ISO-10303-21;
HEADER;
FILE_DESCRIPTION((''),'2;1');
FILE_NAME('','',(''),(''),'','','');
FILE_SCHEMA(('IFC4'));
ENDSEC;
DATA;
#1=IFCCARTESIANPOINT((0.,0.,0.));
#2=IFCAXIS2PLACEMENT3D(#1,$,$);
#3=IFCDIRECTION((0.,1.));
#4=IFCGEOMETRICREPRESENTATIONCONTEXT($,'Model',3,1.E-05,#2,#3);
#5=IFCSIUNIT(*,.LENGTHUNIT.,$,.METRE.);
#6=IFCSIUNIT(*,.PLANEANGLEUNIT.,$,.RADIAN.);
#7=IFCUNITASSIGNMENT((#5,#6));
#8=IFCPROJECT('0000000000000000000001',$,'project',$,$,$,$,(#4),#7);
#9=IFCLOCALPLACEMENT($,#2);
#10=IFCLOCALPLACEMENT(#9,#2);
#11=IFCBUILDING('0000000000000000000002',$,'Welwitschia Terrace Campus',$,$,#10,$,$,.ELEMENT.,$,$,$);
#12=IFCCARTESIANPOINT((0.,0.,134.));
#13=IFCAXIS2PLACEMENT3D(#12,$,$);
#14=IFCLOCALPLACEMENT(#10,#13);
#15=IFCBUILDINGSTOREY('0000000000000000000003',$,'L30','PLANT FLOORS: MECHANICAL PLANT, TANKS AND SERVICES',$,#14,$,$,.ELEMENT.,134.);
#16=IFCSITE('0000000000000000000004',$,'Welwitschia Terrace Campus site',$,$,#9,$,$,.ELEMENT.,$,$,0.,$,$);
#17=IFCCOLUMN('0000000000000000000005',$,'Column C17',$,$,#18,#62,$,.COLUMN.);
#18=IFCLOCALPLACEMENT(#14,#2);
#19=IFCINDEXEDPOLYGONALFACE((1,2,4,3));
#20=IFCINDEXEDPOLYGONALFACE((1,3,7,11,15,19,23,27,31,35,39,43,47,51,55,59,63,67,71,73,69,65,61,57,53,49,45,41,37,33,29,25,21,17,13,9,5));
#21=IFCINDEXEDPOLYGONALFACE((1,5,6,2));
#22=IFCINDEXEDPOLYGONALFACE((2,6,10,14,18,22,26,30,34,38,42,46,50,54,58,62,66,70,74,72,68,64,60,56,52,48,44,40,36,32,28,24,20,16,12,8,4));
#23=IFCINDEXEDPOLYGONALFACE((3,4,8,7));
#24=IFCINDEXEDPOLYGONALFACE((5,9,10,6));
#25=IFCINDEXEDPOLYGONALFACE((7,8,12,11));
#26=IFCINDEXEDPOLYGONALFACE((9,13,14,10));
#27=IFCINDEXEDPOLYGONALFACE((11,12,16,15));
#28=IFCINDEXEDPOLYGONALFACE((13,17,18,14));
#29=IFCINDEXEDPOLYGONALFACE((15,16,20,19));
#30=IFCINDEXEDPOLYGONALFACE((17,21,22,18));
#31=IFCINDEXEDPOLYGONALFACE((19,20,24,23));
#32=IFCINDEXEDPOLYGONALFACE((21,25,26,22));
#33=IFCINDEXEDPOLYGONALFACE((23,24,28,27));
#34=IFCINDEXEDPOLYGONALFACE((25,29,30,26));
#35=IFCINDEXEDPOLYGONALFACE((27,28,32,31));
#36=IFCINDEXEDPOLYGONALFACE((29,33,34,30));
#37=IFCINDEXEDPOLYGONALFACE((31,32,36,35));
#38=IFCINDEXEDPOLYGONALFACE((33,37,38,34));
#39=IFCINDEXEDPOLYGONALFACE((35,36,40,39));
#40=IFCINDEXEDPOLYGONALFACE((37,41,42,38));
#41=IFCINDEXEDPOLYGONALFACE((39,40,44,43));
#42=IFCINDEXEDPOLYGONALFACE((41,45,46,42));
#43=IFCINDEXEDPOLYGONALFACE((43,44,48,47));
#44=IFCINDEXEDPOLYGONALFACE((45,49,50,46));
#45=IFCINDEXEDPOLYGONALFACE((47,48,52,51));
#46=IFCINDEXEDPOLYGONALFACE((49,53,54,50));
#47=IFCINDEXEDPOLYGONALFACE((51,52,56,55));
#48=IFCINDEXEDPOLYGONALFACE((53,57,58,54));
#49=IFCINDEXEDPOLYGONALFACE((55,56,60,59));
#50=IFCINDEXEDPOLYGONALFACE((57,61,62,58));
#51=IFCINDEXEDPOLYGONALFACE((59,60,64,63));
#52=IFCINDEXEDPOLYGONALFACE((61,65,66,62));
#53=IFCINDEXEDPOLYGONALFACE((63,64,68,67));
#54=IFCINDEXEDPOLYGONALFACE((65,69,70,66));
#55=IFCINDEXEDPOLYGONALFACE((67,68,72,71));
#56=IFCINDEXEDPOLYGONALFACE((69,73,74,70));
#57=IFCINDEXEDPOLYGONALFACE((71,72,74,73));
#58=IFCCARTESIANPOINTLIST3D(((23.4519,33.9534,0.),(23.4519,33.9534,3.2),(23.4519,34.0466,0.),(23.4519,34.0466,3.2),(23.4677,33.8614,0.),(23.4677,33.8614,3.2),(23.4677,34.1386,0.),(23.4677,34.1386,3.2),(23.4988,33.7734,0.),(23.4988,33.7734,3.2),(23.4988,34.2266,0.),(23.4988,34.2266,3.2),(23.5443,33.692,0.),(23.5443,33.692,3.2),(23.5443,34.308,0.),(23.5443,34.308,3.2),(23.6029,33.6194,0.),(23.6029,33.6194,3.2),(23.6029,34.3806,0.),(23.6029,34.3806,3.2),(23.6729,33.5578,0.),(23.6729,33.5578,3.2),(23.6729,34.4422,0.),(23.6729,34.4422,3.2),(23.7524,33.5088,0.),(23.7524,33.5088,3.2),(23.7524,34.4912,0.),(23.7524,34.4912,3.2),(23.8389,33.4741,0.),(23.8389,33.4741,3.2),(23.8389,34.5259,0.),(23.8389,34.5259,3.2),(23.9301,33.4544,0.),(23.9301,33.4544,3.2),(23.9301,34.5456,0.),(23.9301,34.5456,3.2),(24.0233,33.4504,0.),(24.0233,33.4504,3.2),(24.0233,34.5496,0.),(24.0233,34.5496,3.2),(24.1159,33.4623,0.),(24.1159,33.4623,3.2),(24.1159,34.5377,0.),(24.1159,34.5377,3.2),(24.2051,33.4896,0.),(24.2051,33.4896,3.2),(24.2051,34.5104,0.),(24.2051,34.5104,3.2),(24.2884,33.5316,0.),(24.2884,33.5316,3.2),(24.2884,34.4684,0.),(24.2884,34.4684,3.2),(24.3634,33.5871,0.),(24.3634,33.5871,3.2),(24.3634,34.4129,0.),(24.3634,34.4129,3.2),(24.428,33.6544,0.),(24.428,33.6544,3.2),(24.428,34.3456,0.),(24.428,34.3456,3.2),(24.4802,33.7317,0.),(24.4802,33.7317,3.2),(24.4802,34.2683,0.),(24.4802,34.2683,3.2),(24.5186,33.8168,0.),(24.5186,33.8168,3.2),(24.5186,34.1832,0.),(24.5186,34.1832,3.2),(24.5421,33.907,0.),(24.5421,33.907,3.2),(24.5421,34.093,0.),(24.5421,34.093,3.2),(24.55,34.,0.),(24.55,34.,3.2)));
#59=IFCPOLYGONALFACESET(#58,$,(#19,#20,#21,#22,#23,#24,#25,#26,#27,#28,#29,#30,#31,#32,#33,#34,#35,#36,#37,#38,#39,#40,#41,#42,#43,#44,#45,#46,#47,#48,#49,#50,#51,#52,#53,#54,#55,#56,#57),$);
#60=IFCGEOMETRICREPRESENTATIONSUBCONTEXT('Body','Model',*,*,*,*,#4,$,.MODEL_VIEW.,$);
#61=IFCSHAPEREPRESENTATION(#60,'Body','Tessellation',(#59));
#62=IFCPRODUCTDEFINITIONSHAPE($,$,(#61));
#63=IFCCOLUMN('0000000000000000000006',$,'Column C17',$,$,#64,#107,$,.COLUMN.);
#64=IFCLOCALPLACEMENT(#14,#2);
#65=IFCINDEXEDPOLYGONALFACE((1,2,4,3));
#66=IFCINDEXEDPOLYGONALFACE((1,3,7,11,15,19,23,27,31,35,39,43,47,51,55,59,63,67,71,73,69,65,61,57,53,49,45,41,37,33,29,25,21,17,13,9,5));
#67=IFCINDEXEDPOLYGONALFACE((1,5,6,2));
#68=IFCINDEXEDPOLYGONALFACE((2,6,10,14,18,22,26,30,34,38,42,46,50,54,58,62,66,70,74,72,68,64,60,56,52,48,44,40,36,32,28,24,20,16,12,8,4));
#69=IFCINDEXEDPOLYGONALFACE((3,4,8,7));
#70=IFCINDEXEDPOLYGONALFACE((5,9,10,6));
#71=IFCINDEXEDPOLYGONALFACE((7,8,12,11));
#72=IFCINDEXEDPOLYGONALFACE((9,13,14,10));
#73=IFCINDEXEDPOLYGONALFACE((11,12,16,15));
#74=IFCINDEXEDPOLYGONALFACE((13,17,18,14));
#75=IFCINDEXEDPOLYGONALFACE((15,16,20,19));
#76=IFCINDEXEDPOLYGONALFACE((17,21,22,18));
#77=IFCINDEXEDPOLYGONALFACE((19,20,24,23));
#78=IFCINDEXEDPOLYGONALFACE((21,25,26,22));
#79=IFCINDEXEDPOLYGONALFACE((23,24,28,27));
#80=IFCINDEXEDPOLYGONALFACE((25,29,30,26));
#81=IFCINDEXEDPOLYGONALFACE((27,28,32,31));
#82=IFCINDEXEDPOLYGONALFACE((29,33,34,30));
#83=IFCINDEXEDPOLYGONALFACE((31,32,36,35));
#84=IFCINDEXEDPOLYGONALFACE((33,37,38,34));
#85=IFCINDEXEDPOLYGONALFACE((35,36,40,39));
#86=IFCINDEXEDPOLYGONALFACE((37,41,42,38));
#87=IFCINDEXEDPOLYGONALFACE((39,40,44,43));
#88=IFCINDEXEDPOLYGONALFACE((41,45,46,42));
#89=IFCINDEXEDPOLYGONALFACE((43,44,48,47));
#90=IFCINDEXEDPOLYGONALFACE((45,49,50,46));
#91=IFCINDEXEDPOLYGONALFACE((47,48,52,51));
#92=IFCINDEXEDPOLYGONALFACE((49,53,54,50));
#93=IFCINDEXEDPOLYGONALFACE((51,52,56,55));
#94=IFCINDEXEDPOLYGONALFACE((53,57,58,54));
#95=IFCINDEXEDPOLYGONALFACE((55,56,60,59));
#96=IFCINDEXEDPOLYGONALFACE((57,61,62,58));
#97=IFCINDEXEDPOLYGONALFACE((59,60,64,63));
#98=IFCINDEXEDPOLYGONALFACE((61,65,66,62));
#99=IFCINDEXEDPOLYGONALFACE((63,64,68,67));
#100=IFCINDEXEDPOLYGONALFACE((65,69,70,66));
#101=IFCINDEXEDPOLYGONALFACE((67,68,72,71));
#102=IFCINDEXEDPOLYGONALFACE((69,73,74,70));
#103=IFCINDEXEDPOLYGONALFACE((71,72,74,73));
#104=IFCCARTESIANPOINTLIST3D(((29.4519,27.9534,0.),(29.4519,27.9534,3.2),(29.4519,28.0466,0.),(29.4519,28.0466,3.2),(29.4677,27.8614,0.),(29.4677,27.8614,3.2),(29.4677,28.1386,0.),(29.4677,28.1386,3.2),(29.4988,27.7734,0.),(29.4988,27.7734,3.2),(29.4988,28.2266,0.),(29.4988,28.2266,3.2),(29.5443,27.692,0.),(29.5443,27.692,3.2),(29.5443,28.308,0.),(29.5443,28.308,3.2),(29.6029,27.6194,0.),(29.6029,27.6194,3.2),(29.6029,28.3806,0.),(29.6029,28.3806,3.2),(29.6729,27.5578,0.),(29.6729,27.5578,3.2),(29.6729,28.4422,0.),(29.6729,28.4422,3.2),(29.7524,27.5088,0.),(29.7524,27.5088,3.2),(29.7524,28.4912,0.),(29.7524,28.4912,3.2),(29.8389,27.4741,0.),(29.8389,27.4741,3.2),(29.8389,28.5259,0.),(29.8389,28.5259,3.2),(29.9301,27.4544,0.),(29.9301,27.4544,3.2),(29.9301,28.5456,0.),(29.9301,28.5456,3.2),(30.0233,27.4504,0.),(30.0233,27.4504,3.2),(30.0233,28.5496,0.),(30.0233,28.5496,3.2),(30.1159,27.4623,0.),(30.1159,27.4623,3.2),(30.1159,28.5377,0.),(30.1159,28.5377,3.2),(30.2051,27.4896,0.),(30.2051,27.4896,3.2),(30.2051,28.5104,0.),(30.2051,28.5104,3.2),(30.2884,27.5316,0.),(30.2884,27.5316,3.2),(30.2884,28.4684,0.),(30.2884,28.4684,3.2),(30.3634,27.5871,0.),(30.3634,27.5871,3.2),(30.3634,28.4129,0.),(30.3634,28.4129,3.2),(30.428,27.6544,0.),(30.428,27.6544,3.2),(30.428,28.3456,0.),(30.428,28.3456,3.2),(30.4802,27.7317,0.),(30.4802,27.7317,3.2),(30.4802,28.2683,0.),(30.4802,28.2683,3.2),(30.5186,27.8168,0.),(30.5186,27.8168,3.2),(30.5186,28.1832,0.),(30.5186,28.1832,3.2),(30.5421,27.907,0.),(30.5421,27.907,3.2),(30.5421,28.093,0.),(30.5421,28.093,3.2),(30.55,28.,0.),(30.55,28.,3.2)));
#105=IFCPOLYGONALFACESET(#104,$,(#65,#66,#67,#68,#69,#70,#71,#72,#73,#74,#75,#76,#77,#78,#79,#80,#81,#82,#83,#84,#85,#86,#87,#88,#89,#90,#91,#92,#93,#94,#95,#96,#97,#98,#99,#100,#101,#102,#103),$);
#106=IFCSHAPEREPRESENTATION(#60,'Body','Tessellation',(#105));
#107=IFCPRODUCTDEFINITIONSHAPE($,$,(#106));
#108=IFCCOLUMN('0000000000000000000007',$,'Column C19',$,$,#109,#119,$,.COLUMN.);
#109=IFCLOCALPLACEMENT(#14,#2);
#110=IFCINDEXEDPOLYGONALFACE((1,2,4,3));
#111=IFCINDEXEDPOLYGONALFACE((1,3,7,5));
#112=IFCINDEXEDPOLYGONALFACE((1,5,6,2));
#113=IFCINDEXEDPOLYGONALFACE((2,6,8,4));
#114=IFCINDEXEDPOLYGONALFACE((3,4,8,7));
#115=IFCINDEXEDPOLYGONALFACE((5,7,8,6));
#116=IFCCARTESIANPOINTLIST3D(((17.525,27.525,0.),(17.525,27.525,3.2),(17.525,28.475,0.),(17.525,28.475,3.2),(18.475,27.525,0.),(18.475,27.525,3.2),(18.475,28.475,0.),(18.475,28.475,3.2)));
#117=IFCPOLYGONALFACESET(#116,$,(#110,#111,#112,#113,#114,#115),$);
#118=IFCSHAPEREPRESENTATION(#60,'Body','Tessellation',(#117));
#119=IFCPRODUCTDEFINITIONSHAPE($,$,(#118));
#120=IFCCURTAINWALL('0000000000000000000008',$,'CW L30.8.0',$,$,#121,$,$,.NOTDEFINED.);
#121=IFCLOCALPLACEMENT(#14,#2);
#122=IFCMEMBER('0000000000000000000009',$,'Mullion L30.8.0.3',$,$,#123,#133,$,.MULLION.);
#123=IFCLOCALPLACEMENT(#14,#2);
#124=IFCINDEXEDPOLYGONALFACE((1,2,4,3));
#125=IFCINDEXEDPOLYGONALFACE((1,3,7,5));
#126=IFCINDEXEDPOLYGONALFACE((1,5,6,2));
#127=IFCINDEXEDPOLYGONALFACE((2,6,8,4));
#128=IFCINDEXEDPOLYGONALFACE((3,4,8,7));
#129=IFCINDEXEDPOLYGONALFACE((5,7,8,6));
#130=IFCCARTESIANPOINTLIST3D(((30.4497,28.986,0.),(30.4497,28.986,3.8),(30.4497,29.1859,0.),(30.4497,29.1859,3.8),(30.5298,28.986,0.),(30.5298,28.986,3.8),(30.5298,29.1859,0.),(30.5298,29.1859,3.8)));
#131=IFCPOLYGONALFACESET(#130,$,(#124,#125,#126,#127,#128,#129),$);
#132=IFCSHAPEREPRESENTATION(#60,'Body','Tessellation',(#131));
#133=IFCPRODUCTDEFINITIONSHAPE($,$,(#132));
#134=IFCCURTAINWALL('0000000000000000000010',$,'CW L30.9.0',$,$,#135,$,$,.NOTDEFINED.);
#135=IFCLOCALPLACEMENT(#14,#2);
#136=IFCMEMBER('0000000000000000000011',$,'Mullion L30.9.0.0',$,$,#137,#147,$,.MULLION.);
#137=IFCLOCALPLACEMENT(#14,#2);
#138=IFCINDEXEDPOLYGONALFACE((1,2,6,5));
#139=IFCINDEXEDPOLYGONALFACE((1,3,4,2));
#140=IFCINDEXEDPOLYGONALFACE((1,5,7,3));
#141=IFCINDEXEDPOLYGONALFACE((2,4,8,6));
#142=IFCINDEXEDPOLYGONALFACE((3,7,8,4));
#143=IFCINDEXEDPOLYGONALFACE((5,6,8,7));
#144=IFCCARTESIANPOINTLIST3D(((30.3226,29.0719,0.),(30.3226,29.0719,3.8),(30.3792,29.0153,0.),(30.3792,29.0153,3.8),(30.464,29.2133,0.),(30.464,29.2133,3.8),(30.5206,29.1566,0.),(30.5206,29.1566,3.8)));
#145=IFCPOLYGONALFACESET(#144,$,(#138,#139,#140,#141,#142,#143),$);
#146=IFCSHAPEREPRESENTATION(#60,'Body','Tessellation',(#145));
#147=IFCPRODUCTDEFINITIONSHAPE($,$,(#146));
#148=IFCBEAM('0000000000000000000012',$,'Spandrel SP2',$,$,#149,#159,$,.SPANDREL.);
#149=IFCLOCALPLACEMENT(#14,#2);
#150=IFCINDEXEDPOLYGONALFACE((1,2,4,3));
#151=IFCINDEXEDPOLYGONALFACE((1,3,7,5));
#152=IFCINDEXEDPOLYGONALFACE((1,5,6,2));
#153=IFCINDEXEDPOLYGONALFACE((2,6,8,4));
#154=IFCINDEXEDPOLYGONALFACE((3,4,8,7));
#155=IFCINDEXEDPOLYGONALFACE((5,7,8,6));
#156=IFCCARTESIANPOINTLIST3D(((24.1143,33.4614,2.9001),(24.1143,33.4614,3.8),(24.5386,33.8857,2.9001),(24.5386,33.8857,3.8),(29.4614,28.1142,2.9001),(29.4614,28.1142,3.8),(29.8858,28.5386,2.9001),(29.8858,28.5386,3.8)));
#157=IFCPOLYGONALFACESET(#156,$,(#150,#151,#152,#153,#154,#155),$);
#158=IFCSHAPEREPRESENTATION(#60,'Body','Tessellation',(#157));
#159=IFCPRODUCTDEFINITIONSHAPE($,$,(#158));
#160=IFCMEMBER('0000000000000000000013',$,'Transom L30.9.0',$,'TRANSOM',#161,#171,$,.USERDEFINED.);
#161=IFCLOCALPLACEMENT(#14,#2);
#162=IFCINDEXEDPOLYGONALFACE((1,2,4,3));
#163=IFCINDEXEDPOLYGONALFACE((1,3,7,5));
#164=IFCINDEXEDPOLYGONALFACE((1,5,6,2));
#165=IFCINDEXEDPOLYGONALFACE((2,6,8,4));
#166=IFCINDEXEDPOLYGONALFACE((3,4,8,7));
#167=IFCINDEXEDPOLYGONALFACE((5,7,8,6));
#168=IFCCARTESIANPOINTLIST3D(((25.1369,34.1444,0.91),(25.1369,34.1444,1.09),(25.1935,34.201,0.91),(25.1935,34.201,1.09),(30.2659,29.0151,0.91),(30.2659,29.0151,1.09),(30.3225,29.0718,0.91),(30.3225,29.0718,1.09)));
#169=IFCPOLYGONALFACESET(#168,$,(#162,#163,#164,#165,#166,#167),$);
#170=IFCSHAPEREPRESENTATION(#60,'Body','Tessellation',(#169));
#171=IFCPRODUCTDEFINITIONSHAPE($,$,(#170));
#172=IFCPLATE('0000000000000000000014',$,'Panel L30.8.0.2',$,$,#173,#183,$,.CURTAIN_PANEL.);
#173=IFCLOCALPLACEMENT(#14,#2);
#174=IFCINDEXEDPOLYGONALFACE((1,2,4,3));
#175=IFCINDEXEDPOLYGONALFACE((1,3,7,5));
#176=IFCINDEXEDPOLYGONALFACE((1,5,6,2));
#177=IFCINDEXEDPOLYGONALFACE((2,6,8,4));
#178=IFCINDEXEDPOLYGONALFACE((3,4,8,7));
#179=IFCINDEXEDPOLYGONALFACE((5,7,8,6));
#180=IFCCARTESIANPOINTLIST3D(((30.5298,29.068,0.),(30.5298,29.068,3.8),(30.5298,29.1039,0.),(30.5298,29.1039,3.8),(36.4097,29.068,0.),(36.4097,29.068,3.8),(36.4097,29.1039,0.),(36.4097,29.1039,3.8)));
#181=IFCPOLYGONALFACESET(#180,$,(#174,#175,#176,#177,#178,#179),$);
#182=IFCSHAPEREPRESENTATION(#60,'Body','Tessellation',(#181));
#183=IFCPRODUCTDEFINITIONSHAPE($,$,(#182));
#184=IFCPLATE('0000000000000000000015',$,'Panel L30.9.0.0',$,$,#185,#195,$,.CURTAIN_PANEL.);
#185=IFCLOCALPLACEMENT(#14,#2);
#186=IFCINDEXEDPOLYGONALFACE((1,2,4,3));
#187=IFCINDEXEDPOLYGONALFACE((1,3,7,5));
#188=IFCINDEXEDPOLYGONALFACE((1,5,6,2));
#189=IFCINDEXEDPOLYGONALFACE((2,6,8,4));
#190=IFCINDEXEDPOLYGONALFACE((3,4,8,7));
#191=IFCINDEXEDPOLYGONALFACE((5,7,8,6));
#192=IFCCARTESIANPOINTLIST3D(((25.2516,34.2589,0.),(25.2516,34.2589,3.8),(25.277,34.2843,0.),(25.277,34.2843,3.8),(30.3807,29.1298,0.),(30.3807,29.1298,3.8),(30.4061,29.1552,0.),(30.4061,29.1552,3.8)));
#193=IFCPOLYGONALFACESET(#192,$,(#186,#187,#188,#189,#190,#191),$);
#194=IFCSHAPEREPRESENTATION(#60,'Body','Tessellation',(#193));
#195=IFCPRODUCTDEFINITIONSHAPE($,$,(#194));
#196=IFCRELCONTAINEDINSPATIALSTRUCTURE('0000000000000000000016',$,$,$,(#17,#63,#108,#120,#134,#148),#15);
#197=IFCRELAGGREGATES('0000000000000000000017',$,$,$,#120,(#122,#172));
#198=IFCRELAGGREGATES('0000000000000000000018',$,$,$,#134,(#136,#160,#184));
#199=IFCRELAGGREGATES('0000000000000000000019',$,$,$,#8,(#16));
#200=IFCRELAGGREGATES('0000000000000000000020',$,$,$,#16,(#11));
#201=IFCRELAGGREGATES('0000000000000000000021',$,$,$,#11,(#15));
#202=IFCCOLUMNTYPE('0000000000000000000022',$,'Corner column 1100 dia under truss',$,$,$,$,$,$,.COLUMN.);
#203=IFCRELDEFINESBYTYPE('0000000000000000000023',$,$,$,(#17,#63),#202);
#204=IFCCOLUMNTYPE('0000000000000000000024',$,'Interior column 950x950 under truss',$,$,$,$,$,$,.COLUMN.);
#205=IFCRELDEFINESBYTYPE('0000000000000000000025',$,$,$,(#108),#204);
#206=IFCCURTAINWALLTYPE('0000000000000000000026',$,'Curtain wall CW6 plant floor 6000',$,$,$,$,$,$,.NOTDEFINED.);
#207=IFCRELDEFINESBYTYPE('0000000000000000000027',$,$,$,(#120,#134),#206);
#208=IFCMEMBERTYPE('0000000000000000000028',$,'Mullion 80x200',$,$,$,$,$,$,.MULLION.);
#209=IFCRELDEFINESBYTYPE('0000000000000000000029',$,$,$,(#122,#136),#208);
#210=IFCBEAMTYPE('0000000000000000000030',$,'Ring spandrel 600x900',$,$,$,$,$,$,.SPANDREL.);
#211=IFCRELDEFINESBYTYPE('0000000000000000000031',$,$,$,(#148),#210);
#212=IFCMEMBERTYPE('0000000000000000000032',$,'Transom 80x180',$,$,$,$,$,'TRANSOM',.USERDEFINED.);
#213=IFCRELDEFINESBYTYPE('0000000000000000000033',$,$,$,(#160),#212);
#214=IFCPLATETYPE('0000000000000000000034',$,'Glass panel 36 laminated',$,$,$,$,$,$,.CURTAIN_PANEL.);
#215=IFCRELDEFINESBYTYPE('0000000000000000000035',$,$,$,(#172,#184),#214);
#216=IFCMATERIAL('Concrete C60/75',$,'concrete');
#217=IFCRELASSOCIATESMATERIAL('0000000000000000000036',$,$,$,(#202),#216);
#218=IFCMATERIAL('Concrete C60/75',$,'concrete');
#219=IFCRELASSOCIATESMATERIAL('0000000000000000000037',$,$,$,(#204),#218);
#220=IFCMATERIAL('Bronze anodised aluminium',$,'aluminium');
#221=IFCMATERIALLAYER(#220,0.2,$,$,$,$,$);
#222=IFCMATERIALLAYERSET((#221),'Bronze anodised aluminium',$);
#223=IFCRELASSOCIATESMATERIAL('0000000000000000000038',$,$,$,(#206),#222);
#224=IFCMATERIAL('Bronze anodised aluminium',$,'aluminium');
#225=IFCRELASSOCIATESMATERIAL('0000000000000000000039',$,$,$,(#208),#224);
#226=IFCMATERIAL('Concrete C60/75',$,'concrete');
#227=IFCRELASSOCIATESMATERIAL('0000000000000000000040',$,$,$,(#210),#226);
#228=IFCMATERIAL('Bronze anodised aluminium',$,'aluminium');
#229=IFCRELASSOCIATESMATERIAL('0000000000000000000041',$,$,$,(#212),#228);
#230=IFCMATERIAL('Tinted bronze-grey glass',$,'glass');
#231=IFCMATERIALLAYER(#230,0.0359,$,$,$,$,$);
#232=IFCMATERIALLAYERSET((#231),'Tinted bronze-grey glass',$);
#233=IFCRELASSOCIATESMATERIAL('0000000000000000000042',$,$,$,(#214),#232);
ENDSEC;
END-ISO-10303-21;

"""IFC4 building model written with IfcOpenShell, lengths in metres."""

from ifc_helpers import new_model, si_unit, direction, frame, origin, origin_2d, place, context, subcontext, project, spatial, rectangle, circle, extrude, material, layer, layer_set, material_profile, profile_set, type_object, element, aggregate, save


model = new_model("IFC4")

# Units and contexts
model_context = context("Model", 3, precision=1e-05, world=origin(), true_north=direction((0.0, 1.0)))
body_context = subcontext(model_context, "Body", "Model", "MODEL_VIEW")
ifc_project = project(units=[si_unit("LENGTHUNIT", "METRE"), si_unit("PLANEANGLEUNIT", "RADIAN")], contexts=[model_context])

# Site, building, storey
site_placement = place(None, origin())
site = spatial("IfcSite", under=ifc_project, at=site_placement, Name="Welwitschia Terrace Campus site", CompositionType="ELEMENT", RefElevation=0.0)
building_placement = place(site_placement, origin())
building = spatial("IfcBuilding", under=site, at=building_placement, Name="Welwitschia Terrace Campus", CompositionType="ELEMENT")
storey_placement = place(building_placement, frame((0.0, 0.0, 134.0)))
storey = spatial("IfcBuildingStorey", under=building, at=storey_placement, Name="L30", Description="PLANT FLOORS: MECHANICAL PLANT, TANKS AND SERVICES", CompositionType="ELEMENT", Elevation=134.0)

# Columns
ifc_material_1 = material(Name="Concrete C60/75", Category="concrete")
ifc_material_profile_1 = material_profile(ifc_material_1, circle(Radius=0.55, at=origin_2d()))
ifc_profile_set_1 = profile_set([ifc_material_profile_1], Name="Concrete C60/75")
column_type_1 = type_object("IfcColumnType", Name="Corner column 1100 dia under truss", PredefinedType="COLUMN", material=ifc_profile_set_1)
for number, where, z_axis, x_axis, name in (
    (1, (24.0, 34.0, 0.0), (0.0, 0.0, 1.0), (1.0, 0.0, 0.0), "Column C17"),
    (2, (30.0, 28.0, 0.0), (0.0, 0.0, 1.0), (1.0, 0.0, 0.0), "Column C17"),
):
    element("IfcColumn", number, at=place(storey_placement, frame(where, z_axis=z_axis, x_axis=x_axis)), inside=storey, type_object=column_type_1, Name=name, PredefinedType="COLUMN", context=body_context, shape_type="SweptSolid", body=[
        extrude(circle(Radius=0.55, at=origin_2d()), origin(), (0.0, 0.0, 1.0), 3.2),
    ])
ifc_material_2 = material(Name="Concrete C60/75", Category="concrete")
ifc_material_profile_2 = material_profile(ifc_material_2, rectangle(XDim=0.95, YDim=0.95, at=origin_2d()))
ifc_profile_set_2 = profile_set([ifc_material_profile_2], Name="Concrete C60/75")
column_type_2 = type_object("IfcColumnType", Name="Interior column 950x950 under truss", PredefinedType="COLUMN", material=ifc_profile_set_2)
column_placement = place(storey_placement, frame((18.0, 28.0, 0.0), z_axis=(0.0, 0.0, 1.0), x_axis=(1.0, 0.0, 0.0)))
element("IfcColumn", 3, at=column_placement, inside=storey, type_object=column_type_2, Name="Column C19", PredefinedType="COLUMN", context=body_context, shape_type="SweptSolid", body=[
    extrude(rectangle(XDim=0.95, YDim=0.95, at=origin_2d()), origin(), (0.0, 0.0, 1.0), 3.2),
])

# Curtain walls, members
ifc_material_3 = material(Name="Bronze anodised aluminium", Category="aluminium")
ifc_layer_1 = layer(ifc_material_3, 0.2)
ifc_layer_set_1 = layer_set([ifc_layer_1], Name="Bronze anodised aluminium")
curtain_wall_type = type_object("IfcCurtainWallType", Name="Curtain wall CW6 plant floor 6000", PredefinedType="NOTDEFINED", material=ifc_layer_set_1)
curtain_wall_1_placement = place(storey_placement, origin())
curtain_wall_1 = element("IfcCurtainWall", 4, at=curtain_wall_1_placement, inside=storey, type_object=curtain_wall_type, Name="CW L30.8.0", PredefinedType="NOTDEFINED")
ifc_material_4 = material(Name="Bronze anodised aluminium", Category="aluminium")
ifc_material_profile_3 = material_profile(ifc_material_4, rectangle(XDim=0.2, YDim=0.0801, at=origin_2d()))
ifc_profile_set_3 = profile_set([ifc_material_profile_3], Name="Bronze anodised aluminium")
member_type_1 = type_object("IfcMemberType", Name="Mullion 80x200", PredefinedType="MULLION", material=ifc_profile_set_3)
member_1_placement = place(storey_placement, frame((30.4897, 29.0859, 0.0), z_axis=(0.0, 0.0, 1.0), x_axis=(0.0, -1.0, 0.0)))
member_1 = element("IfcMember", 5, at=member_1_placement, type_object=member_type_1, Name="Mullion L30.8.0.3", PredefinedType="MULLION", context=body_context, shape_type="SweptSolid", body=[
    extrude(rectangle(XDim=0.2, YDim=0.0801, at=origin_2d()), origin(), (0.0, 0.0, 1.0), 3.8),
])
curtain_wall_2_placement = place(storey_placement, origin())
curtain_wall_2 = element("IfcCurtainWall", 6, at=curtain_wall_2_placement, inside=storey, type_object=curtain_wall_type, Name="CW L30.9.0", PredefinedType="NOTDEFINED")
member_2_placement = place(storey_placement, frame((30.4216, 29.1143, 0.0), z_axis=(0.0, 0.0, 1.0), x_axis=(-0.707107, -0.707107, 0.0)))
member_2 = element("IfcMember", 7, at=member_2_placement, type_object=member_type_1, Name="Mullion L30.9.0.0", PredefinedType="MULLION", context=body_context, shape_type="SweptSolid", body=[
    extrude(rectangle(XDim=0.2, YDim=0.0801, at=origin_2d()), origin(), (0.0, 0.0, 1.0), 3.8),
])

# Beam
ifc_material_5 = material(Name="Concrete C60/75", Category="concrete")
ifc_material_profile_4 = material_profile(ifc_material_5, rectangle(XDim=0.6001, YDim=0.8999, at=origin_2d()))
ifc_profile_set_4 = profile_set([ifc_material_profile_4], Name="Concrete C60/75")
beam_type = type_object("IfcBeamType", Name="Ring spandrel 600x900", PredefinedType="SPANDREL", material=ifc_profile_set_4)
beam_placement = place(storey_placement, frame((29.6736, 28.3264, 3.3501), z_axis=(-0.707107, 0.707107, 0.0), x_axis=(-0.707107, -0.707107, 0.0)))
element("IfcBeam", 8, at=beam_placement, inside=storey, type_object=beam_type, Name="Spandrel SP2", PredefinedType="SPANDREL", context=body_context, shape_type="SweptSolid", body=[
    extrude(rectangle(XDim=0.6001, YDim=0.8999, at=origin_2d()), origin(), (0.0, 0.0, 1.0), 7.562),
])

# Member
ifc_material_6 = material(Name="Bronze anodised aluminium", Category="aluminium")
ifc_material_profile_5 = material_profile(ifc_material_6, rectangle(XDim=0.0801, YDim=0.1799, at=origin_2d()))
ifc_profile_set_5 = profile_set([ifc_material_profile_5], Name="Bronze anodised aluminium")
member_type_2 = type_object("IfcMemberType", Name="Transom 80x180", ElementType="TRANSOM", PredefinedType="USERDEFINED", material=ifc_profile_set_5)
member_3_placement = place(storey_placement, frame((30.2942, 29.0435, 1.0), z_axis=(-0.70709, 0.707124, 0.0), x_axis=(-0.707124, -0.70709, 0.0)))
member_3 = element("IfcMember", 9, at=member_3_placement, type_object=member_type_2, Name="Transom L30.9.0", ObjectType="TRANSOM", PredefinedType="USERDEFINED", context=body_context, shape_type="SweptSolid", body=[
    extrude(rectangle(XDim=0.0801, YDim=0.1799, at=origin_2d()), origin(), (0.0, 0.0, 1.0), 7.2537),
])

# Plates
ifc_material_7 = material(Name="Tinted bronze-grey glass", Category="glass")
ifc_layer_2 = layer(ifc_material_7, 0.0359)
ifc_layer_set_2 = layer_set([ifc_layer_2], Name="Tinted bronze-grey glass")
plate_type = type_object("IfcPlateType", Name="Glass panel 36 laminated", PredefinedType="CURTAIN_PANEL", material=ifc_layer_set_2)
plate_1_placement = place(storey_placement, frame((33.4697, 29.0859, 0.0), z_axis=(0.0, 0.0, 1.0), x_axis=(-1.0, 0.0, 0.0)))
plate_1 = element("IfcPlate", 10, at=plate_1_placement, type_object=plate_type, Name="Panel L30.8.0.2", PredefinedType="CURTAIN_PANEL", context=body_context, shape_type="SweptSolid", body=[
    extrude(rectangle(XDim=5.8799, YDim=0.0359, at=origin_2d()), origin(), (0.0, 0.0, 1.0), 3.8),
])
aggregate(curtain_wall_1, [member_1, plate_1])
plate_2_placement = place(storey_placement, frame((27.8289, 31.707, 0.0), z_axis=(0.0, 0.0, 1.0), x_axis=(-0.707107, 0.707107, 0.0)))
plate_2 = element("IfcPlate", 11, at=plate_2_placement, type_object=plate_type, Name="Panel L30.9.0.0", PredefinedType="CURTAIN_PANEL", context=body_context, shape_type="SweptSolid", body=[
    extrude(rectangle(XDim=7.2537, YDim=0.0359, at=origin_2d()), origin(), (0.0, 0.0, 1.0), 3.8),
])
aggregate(curtain_wall_2, [member_2, member_3, plate_2])

save(model, "model.ifc")
